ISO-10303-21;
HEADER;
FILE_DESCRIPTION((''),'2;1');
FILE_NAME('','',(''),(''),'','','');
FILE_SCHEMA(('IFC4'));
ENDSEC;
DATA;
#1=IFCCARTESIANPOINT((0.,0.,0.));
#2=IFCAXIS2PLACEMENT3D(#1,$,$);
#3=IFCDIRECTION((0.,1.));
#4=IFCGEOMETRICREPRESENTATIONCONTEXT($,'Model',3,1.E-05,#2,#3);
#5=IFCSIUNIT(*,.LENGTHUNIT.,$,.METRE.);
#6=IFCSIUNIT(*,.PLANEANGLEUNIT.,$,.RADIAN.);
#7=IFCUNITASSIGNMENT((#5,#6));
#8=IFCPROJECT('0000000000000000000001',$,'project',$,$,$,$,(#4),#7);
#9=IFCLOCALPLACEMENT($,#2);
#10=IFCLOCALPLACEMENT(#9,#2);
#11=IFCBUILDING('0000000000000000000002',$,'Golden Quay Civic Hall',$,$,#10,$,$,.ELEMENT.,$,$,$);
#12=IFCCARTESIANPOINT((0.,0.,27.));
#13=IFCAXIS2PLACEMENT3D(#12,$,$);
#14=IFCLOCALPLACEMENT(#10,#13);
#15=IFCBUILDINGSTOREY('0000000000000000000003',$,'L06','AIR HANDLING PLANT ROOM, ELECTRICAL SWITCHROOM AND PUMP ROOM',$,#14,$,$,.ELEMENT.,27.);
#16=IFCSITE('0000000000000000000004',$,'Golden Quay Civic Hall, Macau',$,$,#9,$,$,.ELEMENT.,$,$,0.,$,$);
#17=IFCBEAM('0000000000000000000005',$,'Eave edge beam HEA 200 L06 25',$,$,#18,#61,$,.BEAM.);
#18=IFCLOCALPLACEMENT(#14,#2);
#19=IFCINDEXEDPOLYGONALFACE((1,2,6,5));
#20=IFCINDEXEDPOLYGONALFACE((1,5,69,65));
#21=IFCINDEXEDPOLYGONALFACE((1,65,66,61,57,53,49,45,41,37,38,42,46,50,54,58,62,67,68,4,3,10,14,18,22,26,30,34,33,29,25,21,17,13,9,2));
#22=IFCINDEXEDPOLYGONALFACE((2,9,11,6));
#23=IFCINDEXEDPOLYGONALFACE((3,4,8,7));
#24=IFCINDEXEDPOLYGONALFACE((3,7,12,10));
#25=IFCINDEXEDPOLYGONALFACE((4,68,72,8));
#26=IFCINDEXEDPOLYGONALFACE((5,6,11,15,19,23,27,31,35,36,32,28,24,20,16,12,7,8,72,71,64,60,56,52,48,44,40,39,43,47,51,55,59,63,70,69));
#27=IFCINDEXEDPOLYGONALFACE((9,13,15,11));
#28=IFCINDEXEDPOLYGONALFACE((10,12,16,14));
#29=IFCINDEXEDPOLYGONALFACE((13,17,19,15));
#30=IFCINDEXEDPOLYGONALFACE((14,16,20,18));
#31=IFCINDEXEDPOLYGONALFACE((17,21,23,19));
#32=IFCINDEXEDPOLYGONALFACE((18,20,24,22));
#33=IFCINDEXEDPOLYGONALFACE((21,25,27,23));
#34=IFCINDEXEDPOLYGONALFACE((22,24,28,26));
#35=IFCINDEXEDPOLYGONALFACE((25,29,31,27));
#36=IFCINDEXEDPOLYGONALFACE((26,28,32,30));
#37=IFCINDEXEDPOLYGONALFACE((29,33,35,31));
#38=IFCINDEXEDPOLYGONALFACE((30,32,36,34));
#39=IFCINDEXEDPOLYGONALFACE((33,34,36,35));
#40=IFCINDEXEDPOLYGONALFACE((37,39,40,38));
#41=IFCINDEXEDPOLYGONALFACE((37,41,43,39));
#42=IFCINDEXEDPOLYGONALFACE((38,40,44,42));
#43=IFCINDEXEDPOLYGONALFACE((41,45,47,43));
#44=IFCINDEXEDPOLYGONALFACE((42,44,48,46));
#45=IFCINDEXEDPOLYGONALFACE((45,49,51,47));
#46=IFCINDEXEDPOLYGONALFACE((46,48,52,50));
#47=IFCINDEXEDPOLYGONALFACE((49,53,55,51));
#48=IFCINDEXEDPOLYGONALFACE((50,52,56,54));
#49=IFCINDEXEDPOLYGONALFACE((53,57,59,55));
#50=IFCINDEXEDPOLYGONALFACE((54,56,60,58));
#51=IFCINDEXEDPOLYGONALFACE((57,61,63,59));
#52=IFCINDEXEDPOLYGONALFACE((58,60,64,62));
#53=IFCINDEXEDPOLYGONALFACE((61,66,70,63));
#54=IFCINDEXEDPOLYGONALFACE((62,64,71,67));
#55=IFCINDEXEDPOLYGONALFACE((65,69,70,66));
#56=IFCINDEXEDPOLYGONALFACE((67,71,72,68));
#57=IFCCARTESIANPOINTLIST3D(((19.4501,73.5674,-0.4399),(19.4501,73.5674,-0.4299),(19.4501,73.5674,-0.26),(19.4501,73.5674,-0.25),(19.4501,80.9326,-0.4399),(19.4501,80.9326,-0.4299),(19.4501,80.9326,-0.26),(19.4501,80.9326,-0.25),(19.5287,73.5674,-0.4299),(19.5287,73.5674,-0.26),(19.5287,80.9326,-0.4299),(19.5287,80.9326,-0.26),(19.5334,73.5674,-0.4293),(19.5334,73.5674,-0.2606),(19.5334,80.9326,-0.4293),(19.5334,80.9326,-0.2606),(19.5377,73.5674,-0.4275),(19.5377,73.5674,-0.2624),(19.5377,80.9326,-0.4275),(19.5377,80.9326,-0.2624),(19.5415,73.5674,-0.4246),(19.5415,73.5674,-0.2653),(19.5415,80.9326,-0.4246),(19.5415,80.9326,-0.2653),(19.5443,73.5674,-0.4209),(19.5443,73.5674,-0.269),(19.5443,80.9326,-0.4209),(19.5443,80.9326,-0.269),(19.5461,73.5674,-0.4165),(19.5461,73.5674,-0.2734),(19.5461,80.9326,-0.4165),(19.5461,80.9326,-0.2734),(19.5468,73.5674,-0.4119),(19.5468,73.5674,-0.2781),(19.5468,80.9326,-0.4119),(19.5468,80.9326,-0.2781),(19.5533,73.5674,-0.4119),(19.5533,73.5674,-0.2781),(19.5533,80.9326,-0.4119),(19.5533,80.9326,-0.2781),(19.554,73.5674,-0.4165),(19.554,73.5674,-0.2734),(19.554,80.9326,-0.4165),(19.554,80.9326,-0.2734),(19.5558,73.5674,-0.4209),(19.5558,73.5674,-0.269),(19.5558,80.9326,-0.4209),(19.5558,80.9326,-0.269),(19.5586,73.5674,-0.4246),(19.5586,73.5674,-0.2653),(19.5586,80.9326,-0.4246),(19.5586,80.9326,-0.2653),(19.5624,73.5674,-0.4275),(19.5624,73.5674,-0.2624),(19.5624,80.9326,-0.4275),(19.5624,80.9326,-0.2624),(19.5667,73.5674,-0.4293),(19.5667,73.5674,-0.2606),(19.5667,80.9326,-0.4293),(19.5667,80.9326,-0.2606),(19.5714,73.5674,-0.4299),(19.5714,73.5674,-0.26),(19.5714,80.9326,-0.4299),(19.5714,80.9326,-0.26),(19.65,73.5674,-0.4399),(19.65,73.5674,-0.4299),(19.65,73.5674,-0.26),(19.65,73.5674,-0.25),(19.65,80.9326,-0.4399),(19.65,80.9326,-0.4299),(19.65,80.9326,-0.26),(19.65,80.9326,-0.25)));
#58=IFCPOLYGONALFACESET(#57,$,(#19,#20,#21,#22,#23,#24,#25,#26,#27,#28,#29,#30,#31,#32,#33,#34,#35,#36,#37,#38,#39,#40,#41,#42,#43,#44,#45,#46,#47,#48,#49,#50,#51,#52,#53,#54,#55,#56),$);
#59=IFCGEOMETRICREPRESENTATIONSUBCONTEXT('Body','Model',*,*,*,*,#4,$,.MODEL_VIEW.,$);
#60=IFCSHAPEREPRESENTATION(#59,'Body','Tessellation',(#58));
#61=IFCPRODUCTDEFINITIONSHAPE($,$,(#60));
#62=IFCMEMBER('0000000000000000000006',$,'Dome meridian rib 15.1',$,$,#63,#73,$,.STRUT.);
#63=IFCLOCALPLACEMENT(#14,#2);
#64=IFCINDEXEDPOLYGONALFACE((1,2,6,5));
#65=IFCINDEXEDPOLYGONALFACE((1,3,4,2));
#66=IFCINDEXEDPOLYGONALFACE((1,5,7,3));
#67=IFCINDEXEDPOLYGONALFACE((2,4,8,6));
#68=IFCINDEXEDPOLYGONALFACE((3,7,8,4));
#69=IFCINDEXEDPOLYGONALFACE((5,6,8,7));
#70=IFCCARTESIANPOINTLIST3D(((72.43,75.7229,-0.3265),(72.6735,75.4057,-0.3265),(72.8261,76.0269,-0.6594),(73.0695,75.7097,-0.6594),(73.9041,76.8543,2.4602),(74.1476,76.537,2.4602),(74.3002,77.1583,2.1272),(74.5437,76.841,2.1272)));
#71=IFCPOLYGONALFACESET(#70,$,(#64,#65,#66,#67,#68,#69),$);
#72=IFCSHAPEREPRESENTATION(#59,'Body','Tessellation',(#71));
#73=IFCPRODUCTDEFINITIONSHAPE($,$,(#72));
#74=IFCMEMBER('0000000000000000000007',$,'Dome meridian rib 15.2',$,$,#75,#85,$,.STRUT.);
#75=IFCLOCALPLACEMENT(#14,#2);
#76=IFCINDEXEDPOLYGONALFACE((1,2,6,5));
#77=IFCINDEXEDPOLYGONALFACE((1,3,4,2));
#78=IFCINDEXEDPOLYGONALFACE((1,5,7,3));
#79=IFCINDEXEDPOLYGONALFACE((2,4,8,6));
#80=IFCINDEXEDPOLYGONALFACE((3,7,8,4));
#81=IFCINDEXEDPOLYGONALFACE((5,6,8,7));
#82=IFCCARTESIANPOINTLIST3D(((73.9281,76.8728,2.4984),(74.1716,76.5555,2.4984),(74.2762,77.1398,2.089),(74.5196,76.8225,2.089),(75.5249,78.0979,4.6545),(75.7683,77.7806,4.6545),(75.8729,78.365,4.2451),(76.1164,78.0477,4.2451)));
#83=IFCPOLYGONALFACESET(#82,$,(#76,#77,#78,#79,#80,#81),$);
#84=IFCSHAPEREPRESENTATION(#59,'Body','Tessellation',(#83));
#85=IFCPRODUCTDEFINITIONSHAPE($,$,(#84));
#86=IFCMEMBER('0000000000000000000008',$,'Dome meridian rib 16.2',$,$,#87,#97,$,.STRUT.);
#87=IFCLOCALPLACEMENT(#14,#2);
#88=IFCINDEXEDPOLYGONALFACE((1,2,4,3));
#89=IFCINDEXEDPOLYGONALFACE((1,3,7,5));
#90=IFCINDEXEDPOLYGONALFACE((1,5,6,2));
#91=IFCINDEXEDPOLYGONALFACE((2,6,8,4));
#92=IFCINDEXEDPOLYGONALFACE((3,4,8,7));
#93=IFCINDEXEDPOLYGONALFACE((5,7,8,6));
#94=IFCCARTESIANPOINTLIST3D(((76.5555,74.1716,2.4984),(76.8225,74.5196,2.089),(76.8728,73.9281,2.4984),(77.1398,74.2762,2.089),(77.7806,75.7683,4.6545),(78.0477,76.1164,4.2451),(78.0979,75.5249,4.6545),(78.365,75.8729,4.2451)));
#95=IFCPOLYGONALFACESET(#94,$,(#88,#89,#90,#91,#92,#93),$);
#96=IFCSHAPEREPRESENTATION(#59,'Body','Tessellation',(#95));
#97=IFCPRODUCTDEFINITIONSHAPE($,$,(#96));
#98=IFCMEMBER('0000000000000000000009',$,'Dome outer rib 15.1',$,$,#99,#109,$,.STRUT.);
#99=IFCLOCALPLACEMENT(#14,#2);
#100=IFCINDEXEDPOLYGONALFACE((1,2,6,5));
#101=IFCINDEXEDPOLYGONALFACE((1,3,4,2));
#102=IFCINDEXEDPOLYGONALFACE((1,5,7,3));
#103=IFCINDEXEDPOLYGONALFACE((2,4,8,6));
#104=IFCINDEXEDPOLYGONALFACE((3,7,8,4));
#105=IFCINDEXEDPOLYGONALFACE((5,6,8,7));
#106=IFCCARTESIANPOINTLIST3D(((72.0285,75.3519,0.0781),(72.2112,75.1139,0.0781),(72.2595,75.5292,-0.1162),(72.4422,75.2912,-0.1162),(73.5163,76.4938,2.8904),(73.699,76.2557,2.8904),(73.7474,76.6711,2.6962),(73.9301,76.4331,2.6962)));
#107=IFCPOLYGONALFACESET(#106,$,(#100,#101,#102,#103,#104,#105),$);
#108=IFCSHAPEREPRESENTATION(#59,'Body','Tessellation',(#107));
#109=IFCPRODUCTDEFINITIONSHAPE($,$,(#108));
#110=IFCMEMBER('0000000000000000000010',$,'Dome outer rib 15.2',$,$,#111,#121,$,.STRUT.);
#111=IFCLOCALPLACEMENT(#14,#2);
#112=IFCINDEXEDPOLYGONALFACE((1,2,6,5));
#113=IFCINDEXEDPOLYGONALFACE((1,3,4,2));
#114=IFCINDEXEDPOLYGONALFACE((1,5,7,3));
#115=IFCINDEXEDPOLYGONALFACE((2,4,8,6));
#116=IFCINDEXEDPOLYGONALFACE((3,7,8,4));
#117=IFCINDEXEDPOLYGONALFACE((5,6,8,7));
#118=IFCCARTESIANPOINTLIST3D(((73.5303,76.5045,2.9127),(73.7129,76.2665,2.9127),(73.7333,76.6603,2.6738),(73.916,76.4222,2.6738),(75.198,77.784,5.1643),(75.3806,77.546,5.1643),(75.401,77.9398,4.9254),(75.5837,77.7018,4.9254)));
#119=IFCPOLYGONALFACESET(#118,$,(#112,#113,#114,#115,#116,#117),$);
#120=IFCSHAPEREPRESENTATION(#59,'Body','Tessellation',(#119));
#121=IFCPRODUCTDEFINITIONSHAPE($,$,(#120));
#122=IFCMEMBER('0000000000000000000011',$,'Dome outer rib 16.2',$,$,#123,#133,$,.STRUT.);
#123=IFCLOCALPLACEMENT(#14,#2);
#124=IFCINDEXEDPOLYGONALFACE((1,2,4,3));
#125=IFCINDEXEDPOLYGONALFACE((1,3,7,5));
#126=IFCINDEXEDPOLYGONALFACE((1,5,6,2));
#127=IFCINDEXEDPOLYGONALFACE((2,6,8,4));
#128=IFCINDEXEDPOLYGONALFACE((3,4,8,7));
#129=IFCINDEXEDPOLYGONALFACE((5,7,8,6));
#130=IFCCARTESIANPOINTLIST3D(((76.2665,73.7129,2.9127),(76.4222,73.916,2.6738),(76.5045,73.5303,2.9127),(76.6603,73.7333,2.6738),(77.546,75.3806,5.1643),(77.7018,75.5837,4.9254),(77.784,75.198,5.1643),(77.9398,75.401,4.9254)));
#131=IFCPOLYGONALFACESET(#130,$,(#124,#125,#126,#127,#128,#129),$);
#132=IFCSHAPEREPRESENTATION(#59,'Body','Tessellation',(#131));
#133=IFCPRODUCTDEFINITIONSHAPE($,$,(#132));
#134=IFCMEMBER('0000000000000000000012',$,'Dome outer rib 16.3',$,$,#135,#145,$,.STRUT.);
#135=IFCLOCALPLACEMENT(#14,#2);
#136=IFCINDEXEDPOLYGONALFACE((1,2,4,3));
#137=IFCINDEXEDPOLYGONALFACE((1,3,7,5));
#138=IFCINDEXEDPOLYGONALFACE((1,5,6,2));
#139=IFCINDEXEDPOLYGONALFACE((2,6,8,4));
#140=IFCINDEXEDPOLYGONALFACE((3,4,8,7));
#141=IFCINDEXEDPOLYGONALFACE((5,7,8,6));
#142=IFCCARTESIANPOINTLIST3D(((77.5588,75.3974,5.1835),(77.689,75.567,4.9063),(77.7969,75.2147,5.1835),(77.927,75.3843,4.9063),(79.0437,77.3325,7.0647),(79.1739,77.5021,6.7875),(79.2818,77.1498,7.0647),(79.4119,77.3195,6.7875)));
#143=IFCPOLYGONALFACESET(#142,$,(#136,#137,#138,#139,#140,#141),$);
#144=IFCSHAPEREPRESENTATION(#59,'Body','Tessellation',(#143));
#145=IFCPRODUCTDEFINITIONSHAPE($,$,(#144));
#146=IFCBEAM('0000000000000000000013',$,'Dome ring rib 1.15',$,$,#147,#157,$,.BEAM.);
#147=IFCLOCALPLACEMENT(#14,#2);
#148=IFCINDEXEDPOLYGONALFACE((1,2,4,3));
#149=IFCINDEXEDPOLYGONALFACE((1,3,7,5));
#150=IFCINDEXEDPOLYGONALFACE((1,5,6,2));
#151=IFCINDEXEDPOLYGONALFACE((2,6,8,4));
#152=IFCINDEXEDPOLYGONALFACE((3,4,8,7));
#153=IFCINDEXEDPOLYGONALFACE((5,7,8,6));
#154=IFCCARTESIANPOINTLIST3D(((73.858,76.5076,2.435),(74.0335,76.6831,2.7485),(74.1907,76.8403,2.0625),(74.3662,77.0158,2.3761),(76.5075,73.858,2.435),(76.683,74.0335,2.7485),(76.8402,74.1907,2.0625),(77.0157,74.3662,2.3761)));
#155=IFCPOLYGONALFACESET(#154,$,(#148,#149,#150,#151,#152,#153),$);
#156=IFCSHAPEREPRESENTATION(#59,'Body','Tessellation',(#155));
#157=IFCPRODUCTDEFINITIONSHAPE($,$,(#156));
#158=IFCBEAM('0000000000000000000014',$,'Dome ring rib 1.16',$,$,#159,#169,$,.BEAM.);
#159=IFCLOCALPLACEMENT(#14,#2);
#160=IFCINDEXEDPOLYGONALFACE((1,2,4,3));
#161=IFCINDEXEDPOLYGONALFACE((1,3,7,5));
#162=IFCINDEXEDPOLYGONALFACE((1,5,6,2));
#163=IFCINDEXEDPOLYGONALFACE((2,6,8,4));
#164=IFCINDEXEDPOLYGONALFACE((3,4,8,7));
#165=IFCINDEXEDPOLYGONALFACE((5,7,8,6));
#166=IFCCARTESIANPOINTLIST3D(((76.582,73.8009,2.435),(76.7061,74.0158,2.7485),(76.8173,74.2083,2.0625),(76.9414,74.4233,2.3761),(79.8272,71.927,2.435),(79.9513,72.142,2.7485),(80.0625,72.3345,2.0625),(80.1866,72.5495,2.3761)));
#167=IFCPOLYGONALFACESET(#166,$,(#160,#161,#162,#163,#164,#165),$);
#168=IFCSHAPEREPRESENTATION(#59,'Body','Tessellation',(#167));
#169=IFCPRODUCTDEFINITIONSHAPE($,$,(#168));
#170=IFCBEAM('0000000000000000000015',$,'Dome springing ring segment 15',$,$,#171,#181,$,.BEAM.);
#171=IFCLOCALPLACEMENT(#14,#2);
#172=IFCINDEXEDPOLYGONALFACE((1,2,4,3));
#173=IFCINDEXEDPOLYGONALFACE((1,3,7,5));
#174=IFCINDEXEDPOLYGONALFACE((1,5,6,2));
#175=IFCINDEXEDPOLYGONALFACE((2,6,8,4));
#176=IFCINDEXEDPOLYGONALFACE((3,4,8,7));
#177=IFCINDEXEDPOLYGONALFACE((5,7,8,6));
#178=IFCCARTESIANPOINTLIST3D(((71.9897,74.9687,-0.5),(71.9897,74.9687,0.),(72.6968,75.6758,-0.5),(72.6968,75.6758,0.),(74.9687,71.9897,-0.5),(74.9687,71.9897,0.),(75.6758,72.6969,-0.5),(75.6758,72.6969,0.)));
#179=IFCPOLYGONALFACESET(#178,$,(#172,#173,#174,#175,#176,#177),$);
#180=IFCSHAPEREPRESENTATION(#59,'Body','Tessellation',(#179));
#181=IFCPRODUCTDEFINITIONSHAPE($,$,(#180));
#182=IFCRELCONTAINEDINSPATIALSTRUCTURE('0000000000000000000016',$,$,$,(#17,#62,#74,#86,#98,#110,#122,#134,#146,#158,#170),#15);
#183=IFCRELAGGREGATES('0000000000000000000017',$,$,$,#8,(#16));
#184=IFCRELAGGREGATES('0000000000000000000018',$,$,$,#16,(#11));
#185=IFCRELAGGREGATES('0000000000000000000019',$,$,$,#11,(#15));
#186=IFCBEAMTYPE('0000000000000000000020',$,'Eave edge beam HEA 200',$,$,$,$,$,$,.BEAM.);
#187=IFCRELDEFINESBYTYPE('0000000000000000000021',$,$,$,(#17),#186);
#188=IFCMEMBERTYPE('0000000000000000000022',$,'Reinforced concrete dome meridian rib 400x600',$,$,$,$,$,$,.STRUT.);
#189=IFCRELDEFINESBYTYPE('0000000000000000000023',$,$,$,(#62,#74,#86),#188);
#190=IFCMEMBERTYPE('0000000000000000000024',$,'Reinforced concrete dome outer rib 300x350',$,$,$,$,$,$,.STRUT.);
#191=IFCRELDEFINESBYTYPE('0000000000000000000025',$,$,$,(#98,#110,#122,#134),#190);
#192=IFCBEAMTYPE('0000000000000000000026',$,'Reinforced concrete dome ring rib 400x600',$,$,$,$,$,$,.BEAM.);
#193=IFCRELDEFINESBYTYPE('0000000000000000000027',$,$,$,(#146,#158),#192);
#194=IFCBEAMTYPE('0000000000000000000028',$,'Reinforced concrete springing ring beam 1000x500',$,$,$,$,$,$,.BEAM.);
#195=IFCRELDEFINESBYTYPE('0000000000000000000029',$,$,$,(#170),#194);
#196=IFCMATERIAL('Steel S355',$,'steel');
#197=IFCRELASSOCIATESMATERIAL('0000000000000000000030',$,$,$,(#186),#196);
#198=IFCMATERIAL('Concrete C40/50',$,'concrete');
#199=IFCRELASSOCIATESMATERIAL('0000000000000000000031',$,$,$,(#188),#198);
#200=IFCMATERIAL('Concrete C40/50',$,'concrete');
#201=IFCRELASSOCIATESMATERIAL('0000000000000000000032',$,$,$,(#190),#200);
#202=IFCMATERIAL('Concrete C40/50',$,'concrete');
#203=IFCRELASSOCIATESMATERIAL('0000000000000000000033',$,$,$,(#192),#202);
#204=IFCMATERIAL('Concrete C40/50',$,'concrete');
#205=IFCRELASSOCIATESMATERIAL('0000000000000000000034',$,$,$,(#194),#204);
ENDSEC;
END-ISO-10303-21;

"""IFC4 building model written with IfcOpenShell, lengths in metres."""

from ifc_helpers import new_model, si_unit, direction, frame, origin, origin_2d, place, context, subcontext, project, spatial, rectangle, i_section, extrude, material, material_profile, profile_set, type_object, element, save


model = new_model("IFC4")

# Units and contexts
model_context = context("Model", 3, precision=1e-05, world=origin(), true_north=direction((0.0, 1.0)))
body_context = subcontext(model_context, "Body", "Model", "MODEL_VIEW")
ifc_project = project(units=[si_unit("LENGTHUNIT", "METRE"), si_unit("PLANEANGLEUNIT", "RADIAN")], contexts=[model_context])

# Site, building, storey
site_placement = place(None, origin())
site = spatial("IfcSite", under=ifc_project, at=site_placement, Name="Golden Quay Civic Hall, Macau", CompositionType="ELEMENT", RefElevation=0.0)
building_placement = place(site_placement, origin())
building = spatial("IfcBuilding", under=site, at=building_placement, Name="Golden Quay Civic Hall", CompositionType="ELEMENT")
storey_placement = place(building_placement, frame((0.0, 0.0, 27.0)))
storey = spatial("IfcBuildingStorey", under=building, at=storey_placement, Name="L06", Description="AIR HANDLING PLANT ROOM, ELECTRICAL SWITCHROOM AND PUMP ROOM", CompositionType="ELEMENT", Elevation=27.0)

# Beam
ifc_material_1 = material(Name="Steel S355", Category="steel")
ifc_material_profile_1 = material_profile(ifc_material_1, i_section(OverallWidth=0.2, OverallDepth=0.1899, WebThickness=0.0066, FlangeThickness=0.01, FilletRadius=0.0181, at=origin_2d()), Name="HEA 200")
ifc_profile_set_1 = profile_set([ifc_material_profile_1], Name="Steel S355")
beam_type_1 = type_object("IfcBeamType", Name="Eave edge beam HEA 200", PredefinedType="BEAM", material=ifc_profile_set_1)
beam_1_placement = place(storey_placement, frame((19.55, 73.5674, -0.345), z_axis=(0.0, 1.0, 0.0), x_axis=(-1.0, 0.0, 0.0)))
element("IfcBeam", 1, at=beam_1_placement, inside=storey, type_object=beam_type_1, Name="Eave edge beam HEA 200 L06 25", PredefinedType="BEAM", context=body_context, shape_type="SweptSolid", body=[
    extrude(i_section(OverallWidth=0.2, OverallDepth=0.1899, WebThickness=0.0066, FlangeThickness=0.01, FilletRadius=0.0181, at=origin_2d()), origin(), (0.0, 0.0, 1.0), 7.3652),
])

# Members
ifc_material_2 = material(Name="Concrete C40/50", Category="concrete")
ifc_material_profile_2 = material_profile(ifc_material_2, rectangle(XDim=0.3999, YDim=0.6001, at=origin_2d()), Name="RC 400x600")
ifc_profile_set_2 = profile_set([ifc_material_profile_2], Name="Concrete C40/50")
member_type_1 = type_object("IfcMemberType", Name="Reinforced concrete dome meridian rib 400x600", PredefinedType="STRUT", material=ifc_profile_set_2)
member_1_placement = place(storey_placement, frame((72.7498, 75.7163, -0.4929), z_axis=(0.44012, 0.33778, 0.831985), x_axis=(-0.608834, 0.793298, 0.0)))
element("IfcMember", 2, at=member_1_placement, inside=storey, type_object=member_type_1, Name="Dome meridian rib 15.1", PredefinedType="STRUT", context=body_context, shape_type="SweptSolid", body=[
    extrude(rectangle(XDim=0.3999, YDim=0.6001, at=origin_2d()), origin(), (0.0, 0.0, 1.0), 3.3494),
])
for number, where, z_axis, x_axis, name in (
    (3, (74.2239, 76.8477, 2.2937), (0.541368, 0.41538, 0.731013), (-0.608737, 0.793372, 0.0), "Dome meridian rib 15.2"),
    (4, (76.8477, 74.2239, 2.2937), (0.41538, 0.541368, 0.731013), (-0.793372, 0.608737, 0.0), "Dome meridian rib 16.2"),
):
    element("IfcMember", number, at=place(storey_placement, frame(where, z_axis=z_axis, x_axis=x_axis)), inside=storey, type_object=member_type_1, Name=name, PredefinedType="STRUT", context=body_context, shape_type="SweptSolid", body=[
        extrude(rectangle(XDim=0.3999, YDim=0.6001, at=origin_2d()), origin(), (0.0, 0.0, 1.0), 2.9495),
    ])
ifc_material_3 = material(Name="Concrete C40/50", Category="concrete")
ifc_material_profile_3 = material_profile(ifc_material_3, rectangle(XDim=0.3, YDim=0.3501, at=origin_2d()), Name="RC 300x350")
ifc_profile_set_3 = profile_set([ifc_material_profile_3], Name="Concrete C40/50")
member_type_2 = type_object("IfcMemberType", Name="Reinforced concrete dome outer rib 300x350", PredefinedType="STRUT", material=ifc_profile_set_3)
member_2_placement = place(storey_placement, frame((72.2354, 75.3215, -0.019), z_axis=(0.440142, 0.337799, 0.831966), x_axis=(-0.608836, 0.793296, 0.0)))
element("IfcMember", 5, at=member_2_placement, inside=storey, type_object=member_type_2, Name="Dome outer rib 15.1", PredefinedType="STRUT", context=body_context, shape_type="SweptSolid", body=[
    extrude(rectangle(XDim=0.3, YDim=0.3501, at=origin_2d()), origin(), (0.0, 0.0, 1.0), 3.3804),
])
for number, where, z_axis, x_axis, name in (
    (6, (73.7231, 76.4634, 2.7932), (0.541403, 0.415385, 0.730985), (-0.608717, 0.793388, 0.0), "Dome outer rib 15.2"),
    (7, (76.4634, 73.7231, 2.7932), (0.415385, 0.541403, 0.730985), (-0.793388, 0.608717, 0.0), "Dome outer rib 16.2"),
    (8, (77.7429, 75.3909, 5.0449), (0.482062, 0.628219, 0.610702), (-0.793345, 0.608772, 0.0), "Dome outer rib 16.3"),
):
    element("IfcMember", number, at=place(storey_placement, frame(where, z_axis=z_axis, x_axis=x_axis)), inside=storey, type_object=member_type_2, Name=name, PredefinedType="STRUT", context=body_context, shape_type="SweptSolid", body=[
        extrude(rectangle(XDim=0.3, YDim=0.3501, at=origin_2d()), origin(), (0.0, 0.0, 1.0), 3.0803),
    ])

# Beams
ifc_material_4 = material(Name="Concrete C40/50", Category="concrete")
ifc_material_profile_4 = material_profile(ifc_material_4, rectangle(XDim=0.3999, YDim=0.6001, at=origin_2d()), Name="RC 400x600")
ifc_profile_set_4 = profile_set([ifc_material_profile_4], Name="Concrete C40/50")
beam_type_2 = type_object("IfcBeamType", Name="Reinforced concrete dome ring rib 400x600", PredefinedType="BEAM", material=ifc_profile_set_4)
beam_2_placement = place(storey_placement, frame((74.1121, 76.7617, 2.4055), z_axis=(0.707107, -0.707107, 0.0), x_axis=(0.438873, 0.438873, 0.784079)))
element("IfcBeam", 9, at=beam_2_placement, inside=storey, type_object=beam_type_2, Name="Dome ring rib 1.15", PredefinedType="BEAM", context=body_context, shape_type="SweptSolid", body=[
    extrude(rectangle(XDim=0.3999, YDim=0.6001, at=origin_2d()), origin(), (0.0, 0.0, 1.0), 3.7471),
])
beam_3_placement = place(storey_placement, frame((76.7617, 74.1121, 2.4055), z_axis=(0.866001, -0.500042, 0.0), x_axis=(0.310356, 0.537493, 0.784079)))
element("IfcBeam", 10, at=beam_3_placement, inside=storey, type_object=beam_type_2, Name="Dome ring rib 1.16", PredefinedType="BEAM", context=body_context, shape_type="SweptSolid", body=[
    extrude(rectangle(XDim=0.3999, YDim=0.6001, at=origin_2d()), origin(), (0.0, 0.0, 1.0), 3.7473),
])
ifc_material_5 = material(Name="Concrete C40/50", Category="concrete")
ifc_material_profile_5 = material_profile(ifc_material_5, rectangle(XDim=1.0, YDim=0.5, at=origin_2d()), Name="RC 1000x500")
ifc_profile_set_5 = profile_set([ifc_material_profile_5], Name="Concrete C40/50")
beam_type_3 = type_object("IfcBeamType", Name="Reinforced concrete springing ring beam 1000x500", PredefinedType="BEAM", material=ifc_profile_set_5)
beam_4_placement = place(storey_placement, frame((72.3433, 75.3223, -0.25), z_axis=(0.707107, -0.707107, 0.0), x_axis=(0.707107, 0.707107, 0.0)))
element("IfcBeam", 11, at=beam_4_placement, inside=storey, type_object=beam_type_3, Name="Dome springing ring segment 15", PredefinedType="BEAM", context=body_context, shape_type="SweptSolid", body=[
    extrude(rectangle(XDim=1.0, YDim=0.5, at=origin_2d()), origin(), (0.0, 0.0, 1.0), 4.2129),
])

save(model, "model.ifc")
